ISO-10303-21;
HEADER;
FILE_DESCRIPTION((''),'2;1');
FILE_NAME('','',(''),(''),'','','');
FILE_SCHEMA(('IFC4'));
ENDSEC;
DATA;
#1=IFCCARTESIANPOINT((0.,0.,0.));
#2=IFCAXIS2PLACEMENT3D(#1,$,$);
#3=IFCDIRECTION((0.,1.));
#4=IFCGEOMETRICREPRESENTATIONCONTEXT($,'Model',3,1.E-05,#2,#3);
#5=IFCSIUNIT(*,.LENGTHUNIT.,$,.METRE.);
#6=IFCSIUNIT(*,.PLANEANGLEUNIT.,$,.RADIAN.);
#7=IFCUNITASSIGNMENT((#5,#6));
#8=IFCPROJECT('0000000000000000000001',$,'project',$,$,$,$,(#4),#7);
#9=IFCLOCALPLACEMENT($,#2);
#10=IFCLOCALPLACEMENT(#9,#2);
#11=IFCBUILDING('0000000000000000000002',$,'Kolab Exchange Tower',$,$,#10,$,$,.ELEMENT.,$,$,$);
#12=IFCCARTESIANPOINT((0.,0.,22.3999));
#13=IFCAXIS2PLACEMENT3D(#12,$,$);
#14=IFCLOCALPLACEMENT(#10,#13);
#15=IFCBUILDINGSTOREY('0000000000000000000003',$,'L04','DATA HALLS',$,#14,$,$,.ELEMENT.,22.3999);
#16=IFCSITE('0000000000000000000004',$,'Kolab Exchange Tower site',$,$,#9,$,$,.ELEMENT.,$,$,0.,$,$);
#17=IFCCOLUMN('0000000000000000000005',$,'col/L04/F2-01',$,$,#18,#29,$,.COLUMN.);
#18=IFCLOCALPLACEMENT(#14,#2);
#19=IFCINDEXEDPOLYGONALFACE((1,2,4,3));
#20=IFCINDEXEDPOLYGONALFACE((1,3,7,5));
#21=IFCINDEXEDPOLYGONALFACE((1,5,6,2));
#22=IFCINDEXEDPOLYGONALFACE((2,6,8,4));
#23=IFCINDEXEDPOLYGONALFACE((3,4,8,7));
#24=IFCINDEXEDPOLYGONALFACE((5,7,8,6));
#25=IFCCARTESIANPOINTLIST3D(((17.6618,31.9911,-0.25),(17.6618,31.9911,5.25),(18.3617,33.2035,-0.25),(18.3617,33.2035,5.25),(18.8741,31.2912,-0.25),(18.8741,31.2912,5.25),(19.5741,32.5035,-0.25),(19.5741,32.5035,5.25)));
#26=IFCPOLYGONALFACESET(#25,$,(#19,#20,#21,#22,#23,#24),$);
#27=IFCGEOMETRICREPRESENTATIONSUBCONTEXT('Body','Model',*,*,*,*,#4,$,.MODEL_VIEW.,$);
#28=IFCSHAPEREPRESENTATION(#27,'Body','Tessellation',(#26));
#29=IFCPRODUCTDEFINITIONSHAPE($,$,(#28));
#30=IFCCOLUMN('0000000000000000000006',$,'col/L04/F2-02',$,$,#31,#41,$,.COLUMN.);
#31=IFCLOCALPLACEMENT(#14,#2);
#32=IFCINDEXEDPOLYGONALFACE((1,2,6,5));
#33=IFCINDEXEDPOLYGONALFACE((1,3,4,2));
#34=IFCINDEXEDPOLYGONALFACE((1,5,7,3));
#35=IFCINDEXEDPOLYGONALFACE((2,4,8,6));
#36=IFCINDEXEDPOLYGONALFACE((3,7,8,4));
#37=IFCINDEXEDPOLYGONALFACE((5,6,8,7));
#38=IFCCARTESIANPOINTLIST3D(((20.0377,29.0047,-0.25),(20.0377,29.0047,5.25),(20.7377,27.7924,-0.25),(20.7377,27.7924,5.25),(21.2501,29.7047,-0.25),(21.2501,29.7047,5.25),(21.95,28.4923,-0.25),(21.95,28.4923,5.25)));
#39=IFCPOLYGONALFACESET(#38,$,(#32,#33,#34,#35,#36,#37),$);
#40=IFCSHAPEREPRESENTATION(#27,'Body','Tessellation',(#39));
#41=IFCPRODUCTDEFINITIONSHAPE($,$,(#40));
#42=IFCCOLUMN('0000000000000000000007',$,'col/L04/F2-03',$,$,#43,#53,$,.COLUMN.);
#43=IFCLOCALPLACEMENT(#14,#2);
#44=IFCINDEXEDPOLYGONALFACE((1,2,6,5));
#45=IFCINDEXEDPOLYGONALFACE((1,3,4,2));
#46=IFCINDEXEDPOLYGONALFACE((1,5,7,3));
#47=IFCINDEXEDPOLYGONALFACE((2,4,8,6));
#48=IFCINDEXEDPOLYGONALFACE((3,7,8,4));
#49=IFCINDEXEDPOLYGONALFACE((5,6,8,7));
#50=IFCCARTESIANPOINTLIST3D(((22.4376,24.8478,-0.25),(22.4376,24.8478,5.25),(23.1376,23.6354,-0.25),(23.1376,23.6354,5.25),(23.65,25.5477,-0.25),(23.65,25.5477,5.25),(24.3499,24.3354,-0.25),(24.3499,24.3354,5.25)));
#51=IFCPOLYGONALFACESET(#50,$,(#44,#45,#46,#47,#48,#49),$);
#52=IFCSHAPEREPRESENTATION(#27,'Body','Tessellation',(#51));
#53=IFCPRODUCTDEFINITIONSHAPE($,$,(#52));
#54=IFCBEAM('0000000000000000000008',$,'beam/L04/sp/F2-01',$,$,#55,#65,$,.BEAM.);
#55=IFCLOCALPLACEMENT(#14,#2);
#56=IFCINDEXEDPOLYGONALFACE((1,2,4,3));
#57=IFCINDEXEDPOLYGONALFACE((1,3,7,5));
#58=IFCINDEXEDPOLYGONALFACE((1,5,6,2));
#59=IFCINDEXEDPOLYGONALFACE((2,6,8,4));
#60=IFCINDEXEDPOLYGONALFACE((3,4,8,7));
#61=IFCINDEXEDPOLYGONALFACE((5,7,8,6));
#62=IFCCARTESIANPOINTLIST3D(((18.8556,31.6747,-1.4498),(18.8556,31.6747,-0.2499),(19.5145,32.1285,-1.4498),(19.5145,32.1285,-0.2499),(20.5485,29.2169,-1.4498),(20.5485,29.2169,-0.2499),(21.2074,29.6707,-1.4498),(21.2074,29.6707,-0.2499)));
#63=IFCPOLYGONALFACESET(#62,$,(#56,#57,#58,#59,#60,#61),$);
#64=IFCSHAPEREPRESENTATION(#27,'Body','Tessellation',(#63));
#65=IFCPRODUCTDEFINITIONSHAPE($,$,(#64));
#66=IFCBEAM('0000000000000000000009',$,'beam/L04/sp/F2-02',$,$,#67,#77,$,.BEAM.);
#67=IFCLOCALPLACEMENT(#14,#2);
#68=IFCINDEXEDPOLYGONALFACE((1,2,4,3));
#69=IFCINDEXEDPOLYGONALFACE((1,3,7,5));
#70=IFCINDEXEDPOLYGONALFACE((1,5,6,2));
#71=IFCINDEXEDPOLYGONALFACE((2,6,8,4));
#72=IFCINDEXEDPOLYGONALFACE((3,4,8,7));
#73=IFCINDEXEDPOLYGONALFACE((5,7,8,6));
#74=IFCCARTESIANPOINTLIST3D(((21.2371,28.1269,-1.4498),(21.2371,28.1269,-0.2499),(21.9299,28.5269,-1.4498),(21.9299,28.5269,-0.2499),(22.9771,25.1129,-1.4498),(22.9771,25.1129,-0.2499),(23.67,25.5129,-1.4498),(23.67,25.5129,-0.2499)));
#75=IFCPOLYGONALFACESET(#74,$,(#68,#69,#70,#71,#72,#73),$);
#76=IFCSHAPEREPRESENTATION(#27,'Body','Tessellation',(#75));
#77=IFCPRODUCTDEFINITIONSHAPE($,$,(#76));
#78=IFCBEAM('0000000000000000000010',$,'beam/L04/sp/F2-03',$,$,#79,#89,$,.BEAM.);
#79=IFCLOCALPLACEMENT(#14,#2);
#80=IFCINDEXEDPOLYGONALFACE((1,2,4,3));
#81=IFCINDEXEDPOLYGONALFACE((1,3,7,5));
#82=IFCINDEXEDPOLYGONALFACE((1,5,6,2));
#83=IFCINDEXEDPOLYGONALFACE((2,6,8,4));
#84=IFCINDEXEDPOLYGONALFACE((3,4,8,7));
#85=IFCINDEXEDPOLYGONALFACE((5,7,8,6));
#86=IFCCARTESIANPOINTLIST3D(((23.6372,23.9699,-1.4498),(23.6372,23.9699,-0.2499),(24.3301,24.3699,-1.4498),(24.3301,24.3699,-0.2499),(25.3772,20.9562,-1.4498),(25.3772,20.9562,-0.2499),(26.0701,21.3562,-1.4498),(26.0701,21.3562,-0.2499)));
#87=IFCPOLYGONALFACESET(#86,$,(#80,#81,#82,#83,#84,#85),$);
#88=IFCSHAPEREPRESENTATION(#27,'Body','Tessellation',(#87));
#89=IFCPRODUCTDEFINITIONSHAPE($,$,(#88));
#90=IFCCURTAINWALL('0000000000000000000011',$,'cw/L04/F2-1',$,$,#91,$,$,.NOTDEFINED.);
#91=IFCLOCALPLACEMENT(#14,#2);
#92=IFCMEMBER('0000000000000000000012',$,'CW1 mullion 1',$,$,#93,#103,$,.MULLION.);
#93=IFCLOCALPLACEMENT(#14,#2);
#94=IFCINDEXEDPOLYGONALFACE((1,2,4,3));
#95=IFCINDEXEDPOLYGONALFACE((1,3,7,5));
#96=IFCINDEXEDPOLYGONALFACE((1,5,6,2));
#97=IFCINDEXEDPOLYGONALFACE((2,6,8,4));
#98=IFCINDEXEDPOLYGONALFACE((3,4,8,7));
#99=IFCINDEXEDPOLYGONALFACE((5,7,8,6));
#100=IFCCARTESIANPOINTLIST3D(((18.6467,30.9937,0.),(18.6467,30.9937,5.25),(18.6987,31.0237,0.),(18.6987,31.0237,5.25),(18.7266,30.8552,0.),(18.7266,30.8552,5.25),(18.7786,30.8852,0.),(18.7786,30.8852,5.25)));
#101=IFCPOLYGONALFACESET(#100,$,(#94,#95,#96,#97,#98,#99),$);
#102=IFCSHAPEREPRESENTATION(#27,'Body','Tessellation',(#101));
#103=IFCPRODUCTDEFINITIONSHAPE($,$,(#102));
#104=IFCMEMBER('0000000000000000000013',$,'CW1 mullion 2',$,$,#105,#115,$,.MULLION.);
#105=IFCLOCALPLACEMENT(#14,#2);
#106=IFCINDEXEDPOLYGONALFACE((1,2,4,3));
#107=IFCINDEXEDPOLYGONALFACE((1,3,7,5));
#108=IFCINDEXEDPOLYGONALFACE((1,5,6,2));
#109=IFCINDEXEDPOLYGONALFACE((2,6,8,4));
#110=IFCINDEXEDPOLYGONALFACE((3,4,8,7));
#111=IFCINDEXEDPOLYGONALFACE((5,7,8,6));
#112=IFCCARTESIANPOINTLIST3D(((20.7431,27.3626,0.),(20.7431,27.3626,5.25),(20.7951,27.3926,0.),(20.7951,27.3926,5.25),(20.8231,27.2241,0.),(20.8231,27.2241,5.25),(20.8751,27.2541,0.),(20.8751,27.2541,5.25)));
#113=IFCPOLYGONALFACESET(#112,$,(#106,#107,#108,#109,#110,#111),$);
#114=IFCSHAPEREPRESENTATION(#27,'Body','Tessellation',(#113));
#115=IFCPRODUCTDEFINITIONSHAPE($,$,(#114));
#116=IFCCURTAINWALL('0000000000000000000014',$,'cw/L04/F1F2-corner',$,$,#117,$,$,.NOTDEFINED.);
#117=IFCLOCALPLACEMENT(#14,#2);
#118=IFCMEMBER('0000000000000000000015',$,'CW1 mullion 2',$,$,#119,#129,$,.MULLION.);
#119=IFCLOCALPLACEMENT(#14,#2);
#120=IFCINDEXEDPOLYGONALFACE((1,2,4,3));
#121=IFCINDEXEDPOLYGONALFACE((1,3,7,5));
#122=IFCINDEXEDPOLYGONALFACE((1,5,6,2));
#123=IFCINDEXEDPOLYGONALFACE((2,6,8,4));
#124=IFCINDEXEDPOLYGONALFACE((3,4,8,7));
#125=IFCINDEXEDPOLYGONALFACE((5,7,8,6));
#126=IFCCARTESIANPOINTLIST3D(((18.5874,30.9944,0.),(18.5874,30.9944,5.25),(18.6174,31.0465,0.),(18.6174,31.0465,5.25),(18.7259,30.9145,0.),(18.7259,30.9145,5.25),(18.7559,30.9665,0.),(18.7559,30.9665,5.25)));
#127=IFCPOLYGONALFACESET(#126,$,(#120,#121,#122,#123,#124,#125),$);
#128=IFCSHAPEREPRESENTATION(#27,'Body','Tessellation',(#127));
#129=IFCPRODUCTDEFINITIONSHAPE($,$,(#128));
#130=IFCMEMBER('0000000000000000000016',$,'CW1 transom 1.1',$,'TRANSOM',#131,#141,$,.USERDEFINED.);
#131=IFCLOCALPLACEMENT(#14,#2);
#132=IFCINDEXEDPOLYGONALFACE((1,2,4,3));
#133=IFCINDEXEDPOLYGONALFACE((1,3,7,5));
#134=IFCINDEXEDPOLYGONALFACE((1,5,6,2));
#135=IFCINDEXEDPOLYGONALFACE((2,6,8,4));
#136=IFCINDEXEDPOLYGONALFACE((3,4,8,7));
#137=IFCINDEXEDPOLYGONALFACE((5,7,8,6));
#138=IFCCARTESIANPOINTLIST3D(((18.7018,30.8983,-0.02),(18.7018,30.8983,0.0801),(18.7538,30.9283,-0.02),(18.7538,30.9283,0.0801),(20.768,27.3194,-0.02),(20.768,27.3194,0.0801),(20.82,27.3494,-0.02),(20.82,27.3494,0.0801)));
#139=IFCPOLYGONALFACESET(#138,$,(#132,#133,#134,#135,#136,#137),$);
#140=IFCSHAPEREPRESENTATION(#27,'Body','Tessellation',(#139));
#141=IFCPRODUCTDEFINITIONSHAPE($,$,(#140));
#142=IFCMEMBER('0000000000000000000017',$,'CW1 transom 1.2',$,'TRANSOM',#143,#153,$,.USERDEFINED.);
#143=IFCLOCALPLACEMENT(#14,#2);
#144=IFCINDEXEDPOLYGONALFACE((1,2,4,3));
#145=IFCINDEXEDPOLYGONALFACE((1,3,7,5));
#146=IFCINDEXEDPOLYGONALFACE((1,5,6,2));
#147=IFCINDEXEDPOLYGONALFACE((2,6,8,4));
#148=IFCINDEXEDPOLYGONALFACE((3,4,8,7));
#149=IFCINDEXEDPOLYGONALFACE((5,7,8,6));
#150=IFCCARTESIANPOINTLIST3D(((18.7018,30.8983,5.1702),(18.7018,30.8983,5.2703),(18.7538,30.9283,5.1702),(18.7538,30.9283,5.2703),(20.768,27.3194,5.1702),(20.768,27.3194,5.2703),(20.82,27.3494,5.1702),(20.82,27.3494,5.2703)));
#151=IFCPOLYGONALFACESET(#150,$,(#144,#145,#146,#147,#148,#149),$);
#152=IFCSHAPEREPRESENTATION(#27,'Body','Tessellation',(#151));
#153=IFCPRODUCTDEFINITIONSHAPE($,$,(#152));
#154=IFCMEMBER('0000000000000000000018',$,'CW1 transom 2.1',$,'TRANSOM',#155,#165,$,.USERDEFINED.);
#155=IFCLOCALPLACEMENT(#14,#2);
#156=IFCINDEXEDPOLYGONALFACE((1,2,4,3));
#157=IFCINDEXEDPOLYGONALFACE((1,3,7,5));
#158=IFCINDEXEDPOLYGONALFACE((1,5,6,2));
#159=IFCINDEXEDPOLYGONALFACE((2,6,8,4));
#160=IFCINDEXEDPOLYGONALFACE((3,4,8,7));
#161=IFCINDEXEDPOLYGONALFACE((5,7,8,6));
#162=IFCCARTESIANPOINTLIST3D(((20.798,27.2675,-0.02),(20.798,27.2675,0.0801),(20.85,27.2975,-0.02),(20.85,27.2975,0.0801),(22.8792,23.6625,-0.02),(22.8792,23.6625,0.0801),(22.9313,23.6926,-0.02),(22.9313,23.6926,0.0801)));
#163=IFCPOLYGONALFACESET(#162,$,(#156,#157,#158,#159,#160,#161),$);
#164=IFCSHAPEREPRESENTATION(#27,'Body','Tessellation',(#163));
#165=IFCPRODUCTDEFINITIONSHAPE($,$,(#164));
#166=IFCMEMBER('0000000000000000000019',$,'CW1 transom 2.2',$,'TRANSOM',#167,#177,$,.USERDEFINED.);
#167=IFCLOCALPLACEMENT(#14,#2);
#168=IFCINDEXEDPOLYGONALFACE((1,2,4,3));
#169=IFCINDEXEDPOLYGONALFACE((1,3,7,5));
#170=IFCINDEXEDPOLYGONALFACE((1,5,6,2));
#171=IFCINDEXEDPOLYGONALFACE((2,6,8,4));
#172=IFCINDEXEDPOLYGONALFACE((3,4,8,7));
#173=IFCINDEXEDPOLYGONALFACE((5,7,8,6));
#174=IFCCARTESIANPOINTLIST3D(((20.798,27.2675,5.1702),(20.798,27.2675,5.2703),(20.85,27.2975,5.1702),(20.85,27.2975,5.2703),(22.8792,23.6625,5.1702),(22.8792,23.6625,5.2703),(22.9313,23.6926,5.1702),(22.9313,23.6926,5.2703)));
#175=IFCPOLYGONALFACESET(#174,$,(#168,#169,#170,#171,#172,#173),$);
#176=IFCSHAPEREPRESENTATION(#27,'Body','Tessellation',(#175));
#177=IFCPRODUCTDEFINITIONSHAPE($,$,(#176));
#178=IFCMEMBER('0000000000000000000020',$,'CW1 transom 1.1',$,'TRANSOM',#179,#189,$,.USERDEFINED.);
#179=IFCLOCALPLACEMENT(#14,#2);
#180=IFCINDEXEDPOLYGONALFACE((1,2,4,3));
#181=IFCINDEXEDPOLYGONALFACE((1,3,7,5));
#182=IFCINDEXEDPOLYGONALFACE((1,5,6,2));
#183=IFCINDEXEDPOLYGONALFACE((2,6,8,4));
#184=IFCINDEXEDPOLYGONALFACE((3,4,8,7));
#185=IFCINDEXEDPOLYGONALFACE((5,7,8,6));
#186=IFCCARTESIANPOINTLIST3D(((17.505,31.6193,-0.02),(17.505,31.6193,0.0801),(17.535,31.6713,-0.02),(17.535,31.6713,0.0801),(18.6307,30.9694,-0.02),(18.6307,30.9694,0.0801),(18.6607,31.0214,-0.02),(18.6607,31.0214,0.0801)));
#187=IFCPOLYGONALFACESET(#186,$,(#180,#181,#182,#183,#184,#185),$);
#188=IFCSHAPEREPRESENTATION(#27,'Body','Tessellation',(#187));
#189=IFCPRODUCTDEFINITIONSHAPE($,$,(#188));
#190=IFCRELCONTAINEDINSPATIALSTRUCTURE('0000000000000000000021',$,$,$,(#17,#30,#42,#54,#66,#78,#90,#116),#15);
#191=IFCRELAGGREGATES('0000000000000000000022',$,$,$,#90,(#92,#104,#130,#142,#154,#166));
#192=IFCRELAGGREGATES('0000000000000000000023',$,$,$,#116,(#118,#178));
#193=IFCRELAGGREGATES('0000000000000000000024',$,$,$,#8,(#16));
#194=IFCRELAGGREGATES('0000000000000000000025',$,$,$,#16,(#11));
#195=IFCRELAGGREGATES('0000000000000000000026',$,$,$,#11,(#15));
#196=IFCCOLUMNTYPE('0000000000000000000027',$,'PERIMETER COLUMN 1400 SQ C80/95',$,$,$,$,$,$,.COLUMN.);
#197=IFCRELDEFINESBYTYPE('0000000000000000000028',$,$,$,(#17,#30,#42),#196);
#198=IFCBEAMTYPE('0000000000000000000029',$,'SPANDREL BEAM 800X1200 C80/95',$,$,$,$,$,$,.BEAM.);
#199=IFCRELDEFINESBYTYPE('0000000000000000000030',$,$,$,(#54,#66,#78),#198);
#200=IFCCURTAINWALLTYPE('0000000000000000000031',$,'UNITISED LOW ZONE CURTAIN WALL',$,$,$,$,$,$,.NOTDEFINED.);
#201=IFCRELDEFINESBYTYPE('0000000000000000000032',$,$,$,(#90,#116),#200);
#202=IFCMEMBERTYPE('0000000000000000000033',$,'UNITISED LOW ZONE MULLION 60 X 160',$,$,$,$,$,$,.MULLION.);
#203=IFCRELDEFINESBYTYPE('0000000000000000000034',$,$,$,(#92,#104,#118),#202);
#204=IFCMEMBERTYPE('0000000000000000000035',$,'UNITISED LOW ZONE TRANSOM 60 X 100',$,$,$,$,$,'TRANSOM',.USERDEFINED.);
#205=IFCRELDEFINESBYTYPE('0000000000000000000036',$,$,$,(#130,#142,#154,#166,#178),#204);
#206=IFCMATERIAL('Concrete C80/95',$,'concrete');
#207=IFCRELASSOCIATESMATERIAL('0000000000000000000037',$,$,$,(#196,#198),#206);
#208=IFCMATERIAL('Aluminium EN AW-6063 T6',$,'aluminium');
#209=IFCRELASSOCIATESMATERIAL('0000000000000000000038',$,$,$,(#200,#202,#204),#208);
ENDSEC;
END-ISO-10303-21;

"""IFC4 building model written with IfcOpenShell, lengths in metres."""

from ifc_helpers import new_model, si_unit, direction, frame, origin, origin_2d, place, context, subcontext, project, spatial, rectangle, extrude, material, material_profile, profile_set, type_object, element, aggregate, save


model = new_model("IFC4")

# Units and contexts
model_context = context("Model", 3, precision=1e-05, world=origin(), true_north=direction((0.0, 1.0)))
body_context = subcontext(model_context, "Body", "Model", "MODEL_VIEW")
ifc_project = project(units=[si_unit("LENGTHUNIT", "METRE"), si_unit("PLANEANGLEUNIT", "RADIAN")], contexts=[model_context])

# Site, building, storey
site_placement = place(None, origin())
site = spatial("IfcSite", under=ifc_project, at=site_placement, Name="Kolab Exchange Tower site", CompositionType="ELEMENT", RefElevation=0.0)
building_placement = place(site_placement, origin())
building = spatial("IfcBuilding", under=site, at=building_placement, Name="Kolab Exchange Tower", CompositionType="ELEMENT")
storey_placement = place(building_placement, frame((0.0, 0.0, 22.3999)))
storey = spatial("IfcBuildingStorey", under=building, at=storey_placement, Name="L04", Description="DATA HALLS", CompositionType="ELEMENT", Elevation=22.3999)

# Columns
ifc_material_1 = material(Name="Concrete C80/95", Category="concrete")
ifc_material_profile_1 = material_profile(ifc_material_1, rectangle(XDim=1.3999, YDim=1.3999, at=origin_2d()), Name="RC1400")
ifc_profile_set_1 = profile_set([ifc_material_profile_1], Name="Concrete C80/95")
column_type = type_object("IfcColumnType", Name="PERIMETER COLUMN 1400 SQ C80/95", PredefinedType="COLUMN", material=ifc_profile_set_1)
for number, where, z_axis, x_axis, name in (
    (1, (18.6179, 32.2473, -0.25), (0.0, 0.0, 1.0), (0.5, 0.866025, 0.0), "col/L04/F2-01"),
    (2, (20.9939, 28.7485, -0.25), (0.0, 0.0, 1.0), (0.866025, 0.5, 0.0), "col/L04/F2-02"),
    (3, (23.3938, 24.5916, -0.25), (0.0, 0.0, 1.0), (0.866025, 0.5, 0.0), "col/L04/F2-03"),
):
    element("IfcColumn", number, at=place(storey_placement, frame(where, z_axis=z_axis, x_axis=x_axis)), inside=storey, type_object=column_type, Name=name, PredefinedType="COLUMN", context=body_context, shape_type="SweptSolid", body=[
        extrude(rectangle(XDim=1.3999, YDim=1.3999, at=origin_2d()), origin(), (0.0, 0.0, 1.0), 5.5),
    ])

# Beams
ifc_material_profile_2 = material_profile(ifc_material_1, rectangle(XDim=0.8, YDim=1.2, at=origin_2d()), Name="RC800X1200")
ifc_profile_set_2 = profile_set([ifc_material_profile_2], Name="Concrete C80/95")
beam_type = type_object("IfcBeamType", Name="SPANDREL BEAM 800X1200 C80/95", PredefinedType="BEAM", material=ifc_profile_set_2)
beam_1_placement = place(storey_placement, frame((19.1851, 31.9016, -0.8499), z_axis=(0.567247, -0.823548, 0.0), x_axis=(0.823548, 0.567247, 0.0)))
element("IfcBeam", 4, at=beam_1_placement, inside=storey, type_object=beam_type, Name="beam/L04/sp/F2-01", PredefinedType="BEAM", context=body_context, shape_type="SweptSolid", body=[
    extrude(rectangle(XDim=0.8, YDim=1.2, at=origin_2d()), origin(), (0.0, 0.0, 1.0), 2.9844),
])
beam_2_placement = place(storey_placement, frame((21.5835, 28.3269, -0.8499), z_axis=(0.49998, -0.866037, 0.0), x_axis=(0.866037, 0.49998, 0.0)))
element("IfcBeam", 5, at=beam_2_placement, inside=storey, type_object=beam_type, Name="beam/L04/sp/F2-02", PredefinedType="BEAM", context=body_context, shape_type="SweptSolid", body=[
    extrude(rectangle(XDim=0.8, YDim=1.2, at=origin_2d()), origin(), (0.0, 0.0, 1.0), 3.4802),
])
beam_3_placement = place(storey_placement, frame((23.9836, 24.1699, -0.8499), z_axis=(0.50001, -0.86602, 0.0), x_axis=(0.86602, 0.50001, 0.0)))
element("IfcBeam", 6, at=beam_3_placement, inside=storey, type_object=beam_type, Name="beam/L04/sp/F2-03", PredefinedType="BEAM", context=body_context, shape_type="SweptSolid", body=[
    extrude(rectangle(XDim=0.8, YDim=1.2, at=origin_2d()), origin(), (0.0, 0.0, 1.0), 3.48),
])

# Curtain wall, members
ifc_material_2 = material(Name="Aluminium EN AW-6063 T6", Category="aluminium")
curtain_wall_type = type_object("IfcCurtainWallType", Name="UNITISED LOW ZONE CURTAIN WALL", PredefinedType="NOTDEFINED", material=ifc_material_2)
curtain_wall_1_placement = place(storey_placement, origin())
curtain_wall_1 = element("IfcCurtainWall", 7, at=curtain_wall_1_placement, inside=storey, type_object=curtain_wall_type, Name="cw/L04/F2-1", PredefinedType="NOTDEFINED")
ifc_material_profile_3 = material_profile(ifc_material_2, rectangle(XDim=0.0601, YDim=0.1599, at=origin_2d()), Name="RECT 60X160")
ifc_profile_set_3 = profile_set([ifc_material_profile_3], Name="Aluminium EN AW-6063 T6")
member_type_1 = type_object("IfcMemberType", Name="UNITISED LOW ZONE MULLION 60 X 160", PredefinedType="MULLION", material=ifc_profile_set_3)
member_1_placement = place(storey_placement, frame((18.7126, 30.9395, 0.0), z_axis=(0.0, 0.0, 1.0), x_axis=(0.866025, 0.5, 0.0)))
member_1 = element("IfcMember", 8, at=member_1_placement, type_object=member_type_1, Name="CW1 mullion 1", PredefinedType="MULLION", context=body_context, shape_type="SweptSolid", body=[
    extrude(rectangle(XDim=0.0601, YDim=0.1599, at=origin_2d()), origin(), (0.0, 0.0, 1.0), 5.25),
])
member_2_placement = place(storey_placement, frame((20.8091, 27.3083, 0.0), z_axis=(0.0, 0.0, 1.0), x_axis=(0.866025, 0.5, 0.0)))
member_2 = element("IfcMember", 9, at=member_2_placement, type_object=member_type_1, Name="CW1 mullion 2", PredefinedType="MULLION", context=body_context, shape_type="SweptSolid", body=[
    extrude(rectangle(XDim=0.0601, YDim=0.1599, at=origin_2d()), origin(), (0.0, 0.0, 1.0), 5.25),
])

# Curtain wall, member
curtain_wall_2_placement = place(storey_placement, origin())
curtain_wall_2 = element("IfcCurtainWall", 10, at=curtain_wall_2_placement, inside=storey, type_object=curtain_wall_type, Name="cw/L04/F1F2-corner", PredefinedType="NOTDEFINED")
member_3_placement = place(storey_placement, frame((18.6716, 30.9805, 0.0), z_axis=(0.0, 0.0, 1.0), x_axis=(0.5, 0.866025, 0.0)))
member_3 = element("IfcMember", 11, at=member_3_placement, type_object=member_type_1, Name="CW1 mullion 2", PredefinedType="MULLION", context=body_context, shape_type="SweptSolid", body=[
    extrude(rectangle(XDim=0.0601, YDim=0.1599, at=origin_2d()), origin(), (0.0, 0.0, 1.0), 5.25),
])

# Members
ifc_material_profile_4 = material_profile(ifc_material_2, rectangle(XDim=0.0601, YDim=0.1001, at=origin_2d()), Name="RECT 60X100")
ifc_profile_set_4 = profile_set([ifc_material_profile_4], Name="Aluminium EN AW-6063 T6")
member_type_2 = type_object("IfcMemberType", Name="UNITISED LOW ZONE TRANSOM 60 X 100", ElementType="TRANSOM", PredefinedType="USERDEFINED", material=ifc_profile_set_4)
member_4_placement = place(storey_placement, frame((18.7278, 30.9133, 0.03), z_axis=(0.499983, -0.866035, 0.0), x_axis=(0.866035, 0.499983, 0.0)))
member_4 = element("IfcMember", 12, at=member_4_placement, type_object=member_type_2, Name="CW1 transom 1.1", ObjectType="TRANSOM", PredefinedType="USERDEFINED", context=body_context, shape_type="SweptSolid", body=[
    extrude(rectangle(XDim=0.0601, YDim=0.1001, at=origin_2d()), origin(), (0.0, 0.0, 1.0), 4.1326),
])
member_5_placement = place(storey_placement, frame((18.7278, 30.9133, 5.2202), z_axis=(0.499983, -0.866035, 0.0), x_axis=(0.866035, 0.499983, 0.0)))
member_5 = element("IfcMember", 13, at=member_5_placement, type_object=member_type_2, Name="CW1 transom 1.2", ObjectType="TRANSOM", PredefinedType="USERDEFINED", context=body_context, shape_type="SweptSolid", body=[
    extrude(rectangle(XDim=0.0601, YDim=0.1001, at=origin_2d()), origin(), (0.0, 0.0, 1.0), 4.1326),
])
member_6_placement = place(storey_placement, frame((20.824, 27.2825, 0.03), z_axis=(0.499993, -0.866029, 0.0), x_axis=(0.866029, 0.499993, 0.0)))
member_6 = element("IfcMember", 14, at=member_6_placement, type_object=member_type_2, Name="CW1 transom 2.1", ObjectType="TRANSOM", PredefinedType="USERDEFINED", context=body_context, shape_type="SweptSolid", body=[
    extrude(rectangle(XDim=0.0601, YDim=0.1001, at=origin_2d()), origin(), (0.0, 0.0, 1.0), 4.1626),
])
member_7_placement = place(storey_placement, frame((20.824, 27.2825, 5.2202), z_axis=(0.499993, -0.866029, 0.0), x_axis=(0.866029, 0.499993, 0.0)))
member_7 = element("IfcMember", 15, at=member_7_placement, type_object=member_type_2, Name="CW1 transom 2.2", ObjectType="TRANSOM", PredefinedType="USERDEFINED", context=body_context, shape_type="SweptSolid", body=[
    extrude(rectangle(XDim=0.0601, YDim=0.1001, at=origin_2d()), origin(), (0.0, 0.0, 1.0), 4.1626),
])
member_8_placement = place(storey_placement, frame((17.52, 31.6453, 0.03), z_axis=(0.866039, -0.499977, 0.0), x_axis=(0.499977, 0.866039, 0.0)))
member_8 = element("IfcMember", 16, at=member_8_placement, type_object=member_type_2, Name="CW1 transom 1.1", ObjectType="TRANSOM", PredefinedType="USERDEFINED", context=body_context, shape_type="SweptSolid", body=[
    extrude(rectangle(XDim=0.0601, YDim=0.1001, at=origin_2d()), origin(), (0.0, 0.0, 1.0), 1.2998),
])

aggregate(curtain_wall_1, [member_1, member_2, member_4, member_5, member_6, member_7])
aggregate(curtain_wall_2, [member_3, member_8])

save(model, "model.ifc")
